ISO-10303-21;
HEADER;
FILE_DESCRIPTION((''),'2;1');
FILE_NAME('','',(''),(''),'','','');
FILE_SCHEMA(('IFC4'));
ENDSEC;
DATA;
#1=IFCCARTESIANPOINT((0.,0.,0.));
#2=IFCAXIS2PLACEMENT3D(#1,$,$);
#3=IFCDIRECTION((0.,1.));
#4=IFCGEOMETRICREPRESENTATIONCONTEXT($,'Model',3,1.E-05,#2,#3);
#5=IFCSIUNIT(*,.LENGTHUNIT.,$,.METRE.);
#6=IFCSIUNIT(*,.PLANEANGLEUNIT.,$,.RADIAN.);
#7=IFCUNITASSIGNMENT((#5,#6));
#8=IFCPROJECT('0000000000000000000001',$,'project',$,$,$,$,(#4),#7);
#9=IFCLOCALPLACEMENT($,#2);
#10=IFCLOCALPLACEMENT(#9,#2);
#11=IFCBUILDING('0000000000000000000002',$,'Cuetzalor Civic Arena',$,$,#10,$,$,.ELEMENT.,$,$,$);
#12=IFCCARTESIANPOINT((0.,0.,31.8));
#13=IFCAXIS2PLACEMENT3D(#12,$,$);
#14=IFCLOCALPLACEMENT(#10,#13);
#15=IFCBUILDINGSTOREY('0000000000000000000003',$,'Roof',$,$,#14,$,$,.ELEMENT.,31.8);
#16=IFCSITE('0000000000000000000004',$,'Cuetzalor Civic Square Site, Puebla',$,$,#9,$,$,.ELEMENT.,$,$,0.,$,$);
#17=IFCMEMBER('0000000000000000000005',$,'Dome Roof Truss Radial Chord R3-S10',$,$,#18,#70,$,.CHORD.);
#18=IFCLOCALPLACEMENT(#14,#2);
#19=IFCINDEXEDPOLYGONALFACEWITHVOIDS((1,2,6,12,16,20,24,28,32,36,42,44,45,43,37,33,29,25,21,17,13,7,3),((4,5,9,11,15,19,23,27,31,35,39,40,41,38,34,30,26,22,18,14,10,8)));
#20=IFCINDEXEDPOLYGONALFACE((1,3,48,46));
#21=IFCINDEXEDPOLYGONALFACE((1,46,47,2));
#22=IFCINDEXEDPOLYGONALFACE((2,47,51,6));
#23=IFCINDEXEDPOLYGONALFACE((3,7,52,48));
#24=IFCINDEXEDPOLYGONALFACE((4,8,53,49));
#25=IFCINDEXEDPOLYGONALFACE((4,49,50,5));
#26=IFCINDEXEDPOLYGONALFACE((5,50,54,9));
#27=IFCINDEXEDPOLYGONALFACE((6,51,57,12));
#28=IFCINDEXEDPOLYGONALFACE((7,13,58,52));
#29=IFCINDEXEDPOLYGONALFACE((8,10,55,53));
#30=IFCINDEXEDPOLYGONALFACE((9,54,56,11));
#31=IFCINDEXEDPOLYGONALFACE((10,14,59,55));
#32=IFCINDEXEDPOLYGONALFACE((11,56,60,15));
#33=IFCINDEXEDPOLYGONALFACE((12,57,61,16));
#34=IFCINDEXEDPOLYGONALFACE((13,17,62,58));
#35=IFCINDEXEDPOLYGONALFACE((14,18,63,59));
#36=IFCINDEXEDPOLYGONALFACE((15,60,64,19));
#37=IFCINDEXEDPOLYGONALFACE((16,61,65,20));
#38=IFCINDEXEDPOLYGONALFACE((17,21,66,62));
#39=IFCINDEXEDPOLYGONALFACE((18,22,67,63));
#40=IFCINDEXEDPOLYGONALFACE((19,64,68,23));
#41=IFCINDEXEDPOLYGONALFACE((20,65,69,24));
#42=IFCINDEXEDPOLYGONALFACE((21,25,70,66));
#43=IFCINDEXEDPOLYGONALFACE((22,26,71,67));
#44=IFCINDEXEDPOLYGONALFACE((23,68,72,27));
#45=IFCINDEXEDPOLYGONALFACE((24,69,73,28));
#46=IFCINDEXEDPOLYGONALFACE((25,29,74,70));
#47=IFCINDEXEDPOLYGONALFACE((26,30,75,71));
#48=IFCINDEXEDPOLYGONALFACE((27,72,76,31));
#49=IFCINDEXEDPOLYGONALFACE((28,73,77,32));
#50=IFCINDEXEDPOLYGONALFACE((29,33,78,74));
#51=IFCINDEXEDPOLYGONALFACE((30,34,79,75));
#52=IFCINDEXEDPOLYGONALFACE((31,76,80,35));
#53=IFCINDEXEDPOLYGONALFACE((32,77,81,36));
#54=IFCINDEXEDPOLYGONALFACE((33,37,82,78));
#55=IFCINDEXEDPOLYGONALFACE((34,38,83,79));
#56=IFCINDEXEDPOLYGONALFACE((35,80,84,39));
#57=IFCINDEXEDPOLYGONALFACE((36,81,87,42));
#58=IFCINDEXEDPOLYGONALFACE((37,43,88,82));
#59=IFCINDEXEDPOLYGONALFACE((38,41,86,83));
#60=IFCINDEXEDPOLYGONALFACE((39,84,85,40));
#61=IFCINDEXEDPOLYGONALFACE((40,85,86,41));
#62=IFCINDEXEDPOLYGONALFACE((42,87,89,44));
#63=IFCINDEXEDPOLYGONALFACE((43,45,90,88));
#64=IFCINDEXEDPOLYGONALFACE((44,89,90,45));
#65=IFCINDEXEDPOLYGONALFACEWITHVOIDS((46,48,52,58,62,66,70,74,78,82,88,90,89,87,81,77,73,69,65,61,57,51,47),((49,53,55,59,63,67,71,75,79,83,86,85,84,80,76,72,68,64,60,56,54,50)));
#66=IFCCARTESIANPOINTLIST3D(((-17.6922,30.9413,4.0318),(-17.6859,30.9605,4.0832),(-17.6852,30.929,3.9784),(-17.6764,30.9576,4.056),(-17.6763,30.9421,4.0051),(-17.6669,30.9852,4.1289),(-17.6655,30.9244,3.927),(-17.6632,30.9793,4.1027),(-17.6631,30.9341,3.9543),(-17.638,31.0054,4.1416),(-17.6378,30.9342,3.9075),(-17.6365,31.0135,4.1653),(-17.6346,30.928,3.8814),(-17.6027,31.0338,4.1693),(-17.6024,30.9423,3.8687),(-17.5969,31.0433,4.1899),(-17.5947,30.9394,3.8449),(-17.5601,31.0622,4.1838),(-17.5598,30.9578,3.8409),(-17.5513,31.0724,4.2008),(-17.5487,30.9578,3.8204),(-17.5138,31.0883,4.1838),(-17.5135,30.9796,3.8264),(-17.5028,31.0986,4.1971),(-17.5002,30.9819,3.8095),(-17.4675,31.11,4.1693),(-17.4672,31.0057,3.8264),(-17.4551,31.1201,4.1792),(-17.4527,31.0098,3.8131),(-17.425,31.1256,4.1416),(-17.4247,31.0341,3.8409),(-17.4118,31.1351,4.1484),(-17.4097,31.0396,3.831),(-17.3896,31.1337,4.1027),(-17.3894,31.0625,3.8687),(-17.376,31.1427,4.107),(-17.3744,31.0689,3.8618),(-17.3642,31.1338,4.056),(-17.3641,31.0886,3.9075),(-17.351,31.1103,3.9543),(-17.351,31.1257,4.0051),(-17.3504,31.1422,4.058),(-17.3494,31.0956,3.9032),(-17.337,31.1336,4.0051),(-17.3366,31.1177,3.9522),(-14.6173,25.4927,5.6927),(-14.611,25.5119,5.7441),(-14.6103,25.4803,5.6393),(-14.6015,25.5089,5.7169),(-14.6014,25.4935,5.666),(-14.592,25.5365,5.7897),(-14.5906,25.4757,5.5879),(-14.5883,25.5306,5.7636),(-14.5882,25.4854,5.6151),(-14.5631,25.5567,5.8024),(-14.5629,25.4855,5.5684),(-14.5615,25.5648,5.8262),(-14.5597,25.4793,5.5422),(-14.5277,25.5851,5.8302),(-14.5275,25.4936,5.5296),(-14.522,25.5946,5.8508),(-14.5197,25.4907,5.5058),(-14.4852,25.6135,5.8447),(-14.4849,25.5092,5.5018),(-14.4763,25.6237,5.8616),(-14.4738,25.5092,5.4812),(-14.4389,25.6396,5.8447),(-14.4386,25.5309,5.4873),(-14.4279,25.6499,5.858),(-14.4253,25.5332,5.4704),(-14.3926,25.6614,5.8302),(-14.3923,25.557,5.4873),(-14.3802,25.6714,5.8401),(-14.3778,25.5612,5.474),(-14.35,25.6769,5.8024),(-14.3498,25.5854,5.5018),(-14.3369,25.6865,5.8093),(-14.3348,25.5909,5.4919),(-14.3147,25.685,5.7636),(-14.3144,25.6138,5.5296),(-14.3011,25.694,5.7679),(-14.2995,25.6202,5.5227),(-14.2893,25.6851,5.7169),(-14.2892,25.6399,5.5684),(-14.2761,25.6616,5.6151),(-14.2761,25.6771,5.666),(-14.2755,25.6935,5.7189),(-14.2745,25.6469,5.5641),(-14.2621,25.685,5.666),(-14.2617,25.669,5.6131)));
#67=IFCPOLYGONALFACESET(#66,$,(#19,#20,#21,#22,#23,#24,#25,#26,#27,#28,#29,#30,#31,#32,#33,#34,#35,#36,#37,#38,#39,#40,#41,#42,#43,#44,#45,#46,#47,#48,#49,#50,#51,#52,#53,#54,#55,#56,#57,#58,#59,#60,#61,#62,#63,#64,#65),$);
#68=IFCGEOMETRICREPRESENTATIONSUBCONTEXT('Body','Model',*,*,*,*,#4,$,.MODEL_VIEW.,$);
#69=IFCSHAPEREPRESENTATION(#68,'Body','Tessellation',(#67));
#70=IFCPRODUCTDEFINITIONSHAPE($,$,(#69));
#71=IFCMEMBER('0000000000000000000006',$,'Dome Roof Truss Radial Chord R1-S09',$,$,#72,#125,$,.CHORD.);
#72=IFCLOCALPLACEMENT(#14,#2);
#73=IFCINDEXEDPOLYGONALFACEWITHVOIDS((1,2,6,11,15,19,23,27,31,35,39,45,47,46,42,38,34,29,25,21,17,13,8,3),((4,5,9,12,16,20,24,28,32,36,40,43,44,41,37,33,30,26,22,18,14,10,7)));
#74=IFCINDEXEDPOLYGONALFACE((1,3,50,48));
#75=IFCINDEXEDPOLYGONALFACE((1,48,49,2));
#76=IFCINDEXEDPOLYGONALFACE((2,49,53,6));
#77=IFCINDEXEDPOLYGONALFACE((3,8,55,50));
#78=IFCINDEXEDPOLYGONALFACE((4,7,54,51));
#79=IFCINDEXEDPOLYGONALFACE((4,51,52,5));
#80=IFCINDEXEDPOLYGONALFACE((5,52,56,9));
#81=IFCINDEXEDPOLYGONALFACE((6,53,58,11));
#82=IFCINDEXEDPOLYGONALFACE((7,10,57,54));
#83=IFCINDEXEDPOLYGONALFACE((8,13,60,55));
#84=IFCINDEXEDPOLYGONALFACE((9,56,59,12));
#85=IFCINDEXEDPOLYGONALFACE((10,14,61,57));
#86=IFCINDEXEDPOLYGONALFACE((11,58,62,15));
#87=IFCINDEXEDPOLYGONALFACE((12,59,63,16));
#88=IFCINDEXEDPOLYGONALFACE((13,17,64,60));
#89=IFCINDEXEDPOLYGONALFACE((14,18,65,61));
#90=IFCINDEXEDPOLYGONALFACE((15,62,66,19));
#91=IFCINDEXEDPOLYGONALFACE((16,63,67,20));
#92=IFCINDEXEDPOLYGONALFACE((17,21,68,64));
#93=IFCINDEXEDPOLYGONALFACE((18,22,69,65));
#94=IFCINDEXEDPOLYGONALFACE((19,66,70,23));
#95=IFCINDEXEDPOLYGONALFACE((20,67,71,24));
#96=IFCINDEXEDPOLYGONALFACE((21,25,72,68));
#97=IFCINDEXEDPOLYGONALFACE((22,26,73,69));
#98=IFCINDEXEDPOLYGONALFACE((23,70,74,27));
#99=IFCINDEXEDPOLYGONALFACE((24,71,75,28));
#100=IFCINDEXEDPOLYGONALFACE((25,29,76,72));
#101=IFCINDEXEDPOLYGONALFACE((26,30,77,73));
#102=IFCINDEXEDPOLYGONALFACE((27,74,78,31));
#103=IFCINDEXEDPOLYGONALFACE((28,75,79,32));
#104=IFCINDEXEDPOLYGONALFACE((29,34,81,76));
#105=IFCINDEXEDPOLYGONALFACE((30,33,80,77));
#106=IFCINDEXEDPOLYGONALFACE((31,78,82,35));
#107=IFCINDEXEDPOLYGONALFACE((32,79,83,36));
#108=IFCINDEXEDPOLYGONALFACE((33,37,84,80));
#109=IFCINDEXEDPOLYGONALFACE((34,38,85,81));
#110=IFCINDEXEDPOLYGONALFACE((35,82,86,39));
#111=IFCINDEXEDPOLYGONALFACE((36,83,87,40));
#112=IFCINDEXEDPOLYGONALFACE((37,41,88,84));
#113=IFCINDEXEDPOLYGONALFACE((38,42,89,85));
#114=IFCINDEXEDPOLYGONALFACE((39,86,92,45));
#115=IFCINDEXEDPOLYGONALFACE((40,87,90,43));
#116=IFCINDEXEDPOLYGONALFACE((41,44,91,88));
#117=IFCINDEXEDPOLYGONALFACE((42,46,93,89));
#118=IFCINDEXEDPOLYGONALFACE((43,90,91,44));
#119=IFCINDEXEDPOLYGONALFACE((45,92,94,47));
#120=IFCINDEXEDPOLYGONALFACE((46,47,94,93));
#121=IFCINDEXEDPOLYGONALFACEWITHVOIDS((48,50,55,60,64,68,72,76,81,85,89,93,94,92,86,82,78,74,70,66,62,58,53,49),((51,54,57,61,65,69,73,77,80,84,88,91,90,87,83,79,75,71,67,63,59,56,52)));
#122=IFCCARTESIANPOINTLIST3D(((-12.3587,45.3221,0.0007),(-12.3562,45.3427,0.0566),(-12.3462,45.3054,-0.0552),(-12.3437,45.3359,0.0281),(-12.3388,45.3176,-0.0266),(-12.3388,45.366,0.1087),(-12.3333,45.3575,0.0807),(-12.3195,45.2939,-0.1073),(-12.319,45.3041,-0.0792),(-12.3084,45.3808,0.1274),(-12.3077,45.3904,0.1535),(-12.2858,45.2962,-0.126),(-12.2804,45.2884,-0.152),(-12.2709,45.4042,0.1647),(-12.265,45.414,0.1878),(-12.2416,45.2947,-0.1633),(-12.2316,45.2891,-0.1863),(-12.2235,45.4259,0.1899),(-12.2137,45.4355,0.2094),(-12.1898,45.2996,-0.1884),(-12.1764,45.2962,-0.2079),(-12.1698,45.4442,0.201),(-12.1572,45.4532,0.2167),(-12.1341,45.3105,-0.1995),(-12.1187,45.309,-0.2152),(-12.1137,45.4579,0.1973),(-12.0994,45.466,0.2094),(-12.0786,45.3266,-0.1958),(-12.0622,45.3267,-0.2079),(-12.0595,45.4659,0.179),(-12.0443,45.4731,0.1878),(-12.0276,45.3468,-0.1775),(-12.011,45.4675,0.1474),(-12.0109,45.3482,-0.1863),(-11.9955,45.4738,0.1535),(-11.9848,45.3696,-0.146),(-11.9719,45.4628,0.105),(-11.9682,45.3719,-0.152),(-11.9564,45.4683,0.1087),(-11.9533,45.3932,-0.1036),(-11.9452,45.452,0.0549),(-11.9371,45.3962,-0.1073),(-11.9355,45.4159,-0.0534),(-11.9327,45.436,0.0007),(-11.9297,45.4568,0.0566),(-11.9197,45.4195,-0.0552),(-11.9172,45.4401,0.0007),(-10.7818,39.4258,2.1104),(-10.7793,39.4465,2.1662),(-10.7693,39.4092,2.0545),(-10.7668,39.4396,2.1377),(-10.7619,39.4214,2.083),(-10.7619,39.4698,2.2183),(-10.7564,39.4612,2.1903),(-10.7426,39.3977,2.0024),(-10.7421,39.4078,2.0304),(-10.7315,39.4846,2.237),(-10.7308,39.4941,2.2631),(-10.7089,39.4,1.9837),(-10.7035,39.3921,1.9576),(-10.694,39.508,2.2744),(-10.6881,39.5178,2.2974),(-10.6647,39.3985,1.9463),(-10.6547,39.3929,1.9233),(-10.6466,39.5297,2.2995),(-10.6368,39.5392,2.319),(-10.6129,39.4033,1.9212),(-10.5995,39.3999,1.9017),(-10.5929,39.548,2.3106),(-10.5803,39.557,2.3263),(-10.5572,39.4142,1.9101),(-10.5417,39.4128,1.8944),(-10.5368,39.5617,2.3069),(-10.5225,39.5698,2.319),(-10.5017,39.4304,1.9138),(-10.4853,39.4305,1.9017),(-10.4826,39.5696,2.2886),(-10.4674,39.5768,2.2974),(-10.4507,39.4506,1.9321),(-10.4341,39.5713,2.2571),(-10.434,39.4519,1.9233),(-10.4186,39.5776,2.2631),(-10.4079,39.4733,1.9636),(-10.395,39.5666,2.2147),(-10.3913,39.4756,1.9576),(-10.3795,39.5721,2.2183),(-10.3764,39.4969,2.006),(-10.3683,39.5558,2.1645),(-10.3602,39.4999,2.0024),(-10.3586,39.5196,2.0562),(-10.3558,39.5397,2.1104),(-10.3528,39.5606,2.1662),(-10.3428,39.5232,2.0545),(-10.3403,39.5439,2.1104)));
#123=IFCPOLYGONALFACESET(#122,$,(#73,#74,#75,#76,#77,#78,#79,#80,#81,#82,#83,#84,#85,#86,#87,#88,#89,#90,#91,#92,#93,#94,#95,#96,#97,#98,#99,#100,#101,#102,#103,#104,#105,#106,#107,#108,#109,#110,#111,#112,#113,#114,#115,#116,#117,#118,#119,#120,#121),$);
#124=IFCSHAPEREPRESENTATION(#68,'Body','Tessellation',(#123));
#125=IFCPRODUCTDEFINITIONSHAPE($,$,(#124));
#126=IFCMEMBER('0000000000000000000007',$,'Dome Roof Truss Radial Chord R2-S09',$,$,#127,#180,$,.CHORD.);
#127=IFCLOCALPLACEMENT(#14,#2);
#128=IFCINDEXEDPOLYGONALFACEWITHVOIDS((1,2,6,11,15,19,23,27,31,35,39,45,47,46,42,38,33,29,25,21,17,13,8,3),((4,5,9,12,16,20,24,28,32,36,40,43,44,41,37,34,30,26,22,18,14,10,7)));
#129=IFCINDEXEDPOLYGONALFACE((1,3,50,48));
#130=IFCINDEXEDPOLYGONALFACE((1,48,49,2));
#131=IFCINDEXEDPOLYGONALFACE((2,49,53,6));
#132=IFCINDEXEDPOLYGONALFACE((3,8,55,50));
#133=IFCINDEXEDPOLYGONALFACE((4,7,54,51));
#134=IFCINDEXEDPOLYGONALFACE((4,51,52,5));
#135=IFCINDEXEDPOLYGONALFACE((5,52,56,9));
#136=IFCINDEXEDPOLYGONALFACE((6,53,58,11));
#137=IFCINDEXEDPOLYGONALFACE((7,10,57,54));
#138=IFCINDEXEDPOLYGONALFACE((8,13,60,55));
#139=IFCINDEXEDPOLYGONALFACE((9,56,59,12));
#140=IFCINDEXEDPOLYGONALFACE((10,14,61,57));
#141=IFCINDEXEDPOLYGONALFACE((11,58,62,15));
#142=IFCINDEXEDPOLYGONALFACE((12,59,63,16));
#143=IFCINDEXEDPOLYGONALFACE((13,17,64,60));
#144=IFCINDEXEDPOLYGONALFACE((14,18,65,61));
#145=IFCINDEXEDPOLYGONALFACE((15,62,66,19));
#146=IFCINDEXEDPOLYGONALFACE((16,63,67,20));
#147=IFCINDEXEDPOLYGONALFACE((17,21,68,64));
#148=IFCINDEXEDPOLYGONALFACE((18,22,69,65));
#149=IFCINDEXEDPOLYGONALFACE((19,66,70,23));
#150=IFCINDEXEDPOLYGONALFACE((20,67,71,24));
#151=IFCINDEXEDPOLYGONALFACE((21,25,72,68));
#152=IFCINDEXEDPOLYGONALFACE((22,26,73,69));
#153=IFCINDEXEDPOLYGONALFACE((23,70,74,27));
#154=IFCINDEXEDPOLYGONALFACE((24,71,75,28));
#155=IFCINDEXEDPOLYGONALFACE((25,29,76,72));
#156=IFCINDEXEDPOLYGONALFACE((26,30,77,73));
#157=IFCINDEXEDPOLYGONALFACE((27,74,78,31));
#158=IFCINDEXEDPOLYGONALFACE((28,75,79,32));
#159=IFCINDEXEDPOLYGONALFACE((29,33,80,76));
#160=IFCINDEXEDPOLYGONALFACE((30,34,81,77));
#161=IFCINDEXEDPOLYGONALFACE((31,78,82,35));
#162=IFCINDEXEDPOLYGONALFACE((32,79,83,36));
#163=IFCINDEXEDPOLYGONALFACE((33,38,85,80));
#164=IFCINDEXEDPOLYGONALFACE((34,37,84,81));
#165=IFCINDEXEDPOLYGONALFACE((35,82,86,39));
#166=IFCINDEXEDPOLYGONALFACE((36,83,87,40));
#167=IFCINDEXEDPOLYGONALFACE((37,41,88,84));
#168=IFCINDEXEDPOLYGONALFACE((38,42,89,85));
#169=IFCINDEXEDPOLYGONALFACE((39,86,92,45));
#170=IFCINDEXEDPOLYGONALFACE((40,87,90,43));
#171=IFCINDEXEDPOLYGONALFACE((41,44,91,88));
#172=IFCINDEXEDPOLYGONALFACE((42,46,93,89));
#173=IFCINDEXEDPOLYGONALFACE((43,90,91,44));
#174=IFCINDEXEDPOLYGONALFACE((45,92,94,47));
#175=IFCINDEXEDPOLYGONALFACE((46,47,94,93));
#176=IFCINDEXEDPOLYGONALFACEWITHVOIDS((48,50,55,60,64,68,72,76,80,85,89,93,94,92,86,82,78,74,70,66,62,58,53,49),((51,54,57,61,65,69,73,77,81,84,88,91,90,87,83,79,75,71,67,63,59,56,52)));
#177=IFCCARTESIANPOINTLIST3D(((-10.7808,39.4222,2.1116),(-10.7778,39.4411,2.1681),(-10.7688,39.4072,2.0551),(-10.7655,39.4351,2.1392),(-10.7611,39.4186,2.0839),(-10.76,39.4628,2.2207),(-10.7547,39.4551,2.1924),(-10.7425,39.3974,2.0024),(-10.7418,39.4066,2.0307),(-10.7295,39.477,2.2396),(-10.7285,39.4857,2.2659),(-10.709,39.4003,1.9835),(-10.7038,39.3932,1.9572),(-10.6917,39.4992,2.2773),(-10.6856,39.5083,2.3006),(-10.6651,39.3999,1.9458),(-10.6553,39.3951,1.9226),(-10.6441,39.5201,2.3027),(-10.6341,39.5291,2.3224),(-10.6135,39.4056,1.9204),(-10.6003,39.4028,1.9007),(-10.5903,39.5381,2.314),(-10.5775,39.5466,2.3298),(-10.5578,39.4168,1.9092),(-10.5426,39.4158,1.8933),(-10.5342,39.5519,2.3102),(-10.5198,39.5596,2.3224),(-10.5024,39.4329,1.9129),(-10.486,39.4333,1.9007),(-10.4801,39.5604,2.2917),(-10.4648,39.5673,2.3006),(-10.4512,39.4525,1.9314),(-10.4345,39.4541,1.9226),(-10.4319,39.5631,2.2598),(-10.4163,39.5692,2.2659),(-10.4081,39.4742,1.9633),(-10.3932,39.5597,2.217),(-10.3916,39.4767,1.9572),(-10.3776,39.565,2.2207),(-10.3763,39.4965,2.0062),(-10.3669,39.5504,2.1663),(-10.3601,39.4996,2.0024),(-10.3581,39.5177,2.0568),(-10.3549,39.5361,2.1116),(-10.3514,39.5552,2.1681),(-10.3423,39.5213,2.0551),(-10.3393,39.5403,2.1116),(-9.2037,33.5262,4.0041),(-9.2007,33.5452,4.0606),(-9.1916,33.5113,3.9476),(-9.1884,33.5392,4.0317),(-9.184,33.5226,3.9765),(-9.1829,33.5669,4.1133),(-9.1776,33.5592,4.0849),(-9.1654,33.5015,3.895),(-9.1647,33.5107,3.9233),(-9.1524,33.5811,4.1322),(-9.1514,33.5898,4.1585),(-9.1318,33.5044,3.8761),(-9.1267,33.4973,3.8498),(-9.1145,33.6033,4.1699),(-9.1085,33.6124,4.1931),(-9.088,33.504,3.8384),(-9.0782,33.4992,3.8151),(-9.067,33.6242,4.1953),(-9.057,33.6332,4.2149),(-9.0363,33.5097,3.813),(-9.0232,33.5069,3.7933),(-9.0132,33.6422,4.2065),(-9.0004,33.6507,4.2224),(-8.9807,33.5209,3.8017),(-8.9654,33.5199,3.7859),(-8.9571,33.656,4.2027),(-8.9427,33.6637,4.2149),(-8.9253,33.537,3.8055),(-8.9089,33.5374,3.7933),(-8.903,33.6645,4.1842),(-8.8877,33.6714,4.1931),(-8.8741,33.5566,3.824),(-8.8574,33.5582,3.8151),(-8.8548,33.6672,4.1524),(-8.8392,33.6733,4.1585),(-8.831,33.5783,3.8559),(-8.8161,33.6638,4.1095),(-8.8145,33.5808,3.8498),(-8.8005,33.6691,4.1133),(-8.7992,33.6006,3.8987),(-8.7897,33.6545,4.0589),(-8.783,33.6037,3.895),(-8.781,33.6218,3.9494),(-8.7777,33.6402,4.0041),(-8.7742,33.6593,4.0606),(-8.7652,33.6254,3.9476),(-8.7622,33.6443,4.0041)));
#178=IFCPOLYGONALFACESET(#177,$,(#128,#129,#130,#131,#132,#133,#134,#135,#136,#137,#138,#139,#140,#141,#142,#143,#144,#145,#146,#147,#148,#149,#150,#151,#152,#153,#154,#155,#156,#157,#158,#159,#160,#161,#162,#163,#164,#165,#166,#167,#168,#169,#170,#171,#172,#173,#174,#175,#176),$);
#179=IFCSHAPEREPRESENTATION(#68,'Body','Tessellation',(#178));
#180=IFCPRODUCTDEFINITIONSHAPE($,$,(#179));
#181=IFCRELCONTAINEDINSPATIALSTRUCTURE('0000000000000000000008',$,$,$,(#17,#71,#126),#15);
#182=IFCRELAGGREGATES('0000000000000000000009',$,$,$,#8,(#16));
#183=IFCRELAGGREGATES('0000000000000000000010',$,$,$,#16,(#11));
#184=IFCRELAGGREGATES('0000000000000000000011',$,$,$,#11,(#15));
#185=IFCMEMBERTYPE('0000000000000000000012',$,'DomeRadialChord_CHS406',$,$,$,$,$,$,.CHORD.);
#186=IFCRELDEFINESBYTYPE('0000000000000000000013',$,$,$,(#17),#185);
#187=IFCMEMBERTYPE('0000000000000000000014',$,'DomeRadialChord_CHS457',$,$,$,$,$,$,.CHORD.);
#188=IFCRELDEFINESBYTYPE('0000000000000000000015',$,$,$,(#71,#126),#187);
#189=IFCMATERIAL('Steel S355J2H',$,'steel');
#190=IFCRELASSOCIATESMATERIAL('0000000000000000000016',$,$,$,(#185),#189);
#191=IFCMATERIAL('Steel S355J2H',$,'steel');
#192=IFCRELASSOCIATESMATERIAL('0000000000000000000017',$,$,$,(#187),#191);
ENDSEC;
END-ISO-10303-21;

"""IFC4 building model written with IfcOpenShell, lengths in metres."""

from ifc_helpers import new_model, si_unit, direction, frame, origin, origin_2d, place, context, subcontext, project, spatial, hollow_circle, extrude, material, material_profile, profile_set, type_object, element, save


model = new_model("IFC4")

# Units and contexts
model_context = context("Model", 3, precision=1e-05, world=origin(), true_north=direction((0.0, 1.0)))
body_context = subcontext(model_context, "Body", "Model", "MODEL_VIEW")
ifc_project = project(units=[si_unit("LENGTHUNIT", "METRE"), si_unit("PLANEANGLEUNIT", "RADIAN")], contexts=[model_context])

# Site, building, storey
site_placement = place(None, origin())
site = spatial("IfcSite", under=ifc_project, at=site_placement, Name="Cuetzalor Civic Square Site, Puebla", CompositionType="ELEMENT", RefElevation=0.0)
building_placement = place(site_placement, origin())
building = spatial("IfcBuilding", under=site, at=building_placement, Name="Cuetzalor Civic Arena", CompositionType="ELEMENT")
storey_placement = place(building_placement, frame((0.0, 0.0, 31.8)))
storey = spatial("IfcBuildingStorey", under=building, at=storey_placement, Name="Roof", CompositionType="ELEMENT", Elevation=31.8)

# Members
ifc_material_1 = material(Name="Steel S355J2H", Category="steel")
ifc_material_profile_1 = material_profile(ifc_material_1, hollow_circle(Radius=0.2029, WallThickness=0.0161, at=origin_2d()), Name="CHS 406x16")
ifc_profile_set_1 = profile_set([ifc_material_profile_1], Name="Steel S355J2H")
member_type_1 = type_object("IfcMemberType", Name="DomeRadialChord_CHS406", PredefinedType="CHORD", material=ifc_profile_set_1)
member_1_placement = place(storey_placement, frame((-17.5137, 31.0339, 4.0051), z_axis=(0.475027, -0.841735, 0.256579), x_axis=(0.870889, 0.49148, 0.0)))
element("IfcMember", 1, at=member_1_placement, inside=storey, type_object=member_type_1, Name="Dome Roof Truss Radial Chord R3-S10", PredefinedType="CHORD", context=body_context, shape_type="SweptSolid", body=[
    extrude(hollow_circle(Radius=0.2029, WallThickness=0.0161, at=origin_2d()), origin(), (0.0, 0.0, 1.0), 6.4731),
])
ifc_material_2 = material(Name="Steel S355J2H", Category="steel")
ifc_material_profile_2 = material_profile(ifc_material_2, hollow_circle(Radius=0.2285, WallThickness=0.0161, at=origin_2d()), Name="CHS 457x16")
ifc_profile_set_2 = profile_set([ifc_material_profile_2], Name="Steel S355J2H")
member_type_2 = type_object("IfcMemberType", Name="DomeRadialChord_CHS457", PredefinedType="CHORD", material=ifc_profile_set_2)
member_2_placement = place(storey_placement, frame((-12.1379, 45.3811, 0.0007), z_axis=(0.244187, -0.913046, 0.326679), x_axis=(0.966048, 0.258362, 0.0)))
element("IfcMember", 2, at=member_2_placement, inside=storey, type_object=member_type_2, Name="Dome Roof Truss Radial Chord R1-S09", PredefinedType="CHORD", context=body_context, shape_type="SweptSolid", body=[
    extrude(hollow_circle(Radius=0.2285, WallThickness=0.0161, at=origin_2d()), origin(), (0.0, 0.0, 1.0), 6.4578),
])
member_3_placement = place(storey_placement, frame((-10.5601, 39.4812, 2.1116), z_axis=(0.246815, -0.922692, 0.296178), x_axis=(0.966035, 0.258409, 0.0)))
element("IfcMember", 3, at=member_3_placement, inside=storey, type_object=member_type_2, Name="Dome Roof Truss Radial Chord R2-S09", PredefinedType="CHORD", context=body_context, shape_type="SweptSolid", body=[
    extrude(hollow_circle(Radius=0.2285, WallThickness=0.0161, at=origin_2d()), origin(), (0.0, 0.0, 1.0), 6.3899),
])

save(model, "model.ifc")
